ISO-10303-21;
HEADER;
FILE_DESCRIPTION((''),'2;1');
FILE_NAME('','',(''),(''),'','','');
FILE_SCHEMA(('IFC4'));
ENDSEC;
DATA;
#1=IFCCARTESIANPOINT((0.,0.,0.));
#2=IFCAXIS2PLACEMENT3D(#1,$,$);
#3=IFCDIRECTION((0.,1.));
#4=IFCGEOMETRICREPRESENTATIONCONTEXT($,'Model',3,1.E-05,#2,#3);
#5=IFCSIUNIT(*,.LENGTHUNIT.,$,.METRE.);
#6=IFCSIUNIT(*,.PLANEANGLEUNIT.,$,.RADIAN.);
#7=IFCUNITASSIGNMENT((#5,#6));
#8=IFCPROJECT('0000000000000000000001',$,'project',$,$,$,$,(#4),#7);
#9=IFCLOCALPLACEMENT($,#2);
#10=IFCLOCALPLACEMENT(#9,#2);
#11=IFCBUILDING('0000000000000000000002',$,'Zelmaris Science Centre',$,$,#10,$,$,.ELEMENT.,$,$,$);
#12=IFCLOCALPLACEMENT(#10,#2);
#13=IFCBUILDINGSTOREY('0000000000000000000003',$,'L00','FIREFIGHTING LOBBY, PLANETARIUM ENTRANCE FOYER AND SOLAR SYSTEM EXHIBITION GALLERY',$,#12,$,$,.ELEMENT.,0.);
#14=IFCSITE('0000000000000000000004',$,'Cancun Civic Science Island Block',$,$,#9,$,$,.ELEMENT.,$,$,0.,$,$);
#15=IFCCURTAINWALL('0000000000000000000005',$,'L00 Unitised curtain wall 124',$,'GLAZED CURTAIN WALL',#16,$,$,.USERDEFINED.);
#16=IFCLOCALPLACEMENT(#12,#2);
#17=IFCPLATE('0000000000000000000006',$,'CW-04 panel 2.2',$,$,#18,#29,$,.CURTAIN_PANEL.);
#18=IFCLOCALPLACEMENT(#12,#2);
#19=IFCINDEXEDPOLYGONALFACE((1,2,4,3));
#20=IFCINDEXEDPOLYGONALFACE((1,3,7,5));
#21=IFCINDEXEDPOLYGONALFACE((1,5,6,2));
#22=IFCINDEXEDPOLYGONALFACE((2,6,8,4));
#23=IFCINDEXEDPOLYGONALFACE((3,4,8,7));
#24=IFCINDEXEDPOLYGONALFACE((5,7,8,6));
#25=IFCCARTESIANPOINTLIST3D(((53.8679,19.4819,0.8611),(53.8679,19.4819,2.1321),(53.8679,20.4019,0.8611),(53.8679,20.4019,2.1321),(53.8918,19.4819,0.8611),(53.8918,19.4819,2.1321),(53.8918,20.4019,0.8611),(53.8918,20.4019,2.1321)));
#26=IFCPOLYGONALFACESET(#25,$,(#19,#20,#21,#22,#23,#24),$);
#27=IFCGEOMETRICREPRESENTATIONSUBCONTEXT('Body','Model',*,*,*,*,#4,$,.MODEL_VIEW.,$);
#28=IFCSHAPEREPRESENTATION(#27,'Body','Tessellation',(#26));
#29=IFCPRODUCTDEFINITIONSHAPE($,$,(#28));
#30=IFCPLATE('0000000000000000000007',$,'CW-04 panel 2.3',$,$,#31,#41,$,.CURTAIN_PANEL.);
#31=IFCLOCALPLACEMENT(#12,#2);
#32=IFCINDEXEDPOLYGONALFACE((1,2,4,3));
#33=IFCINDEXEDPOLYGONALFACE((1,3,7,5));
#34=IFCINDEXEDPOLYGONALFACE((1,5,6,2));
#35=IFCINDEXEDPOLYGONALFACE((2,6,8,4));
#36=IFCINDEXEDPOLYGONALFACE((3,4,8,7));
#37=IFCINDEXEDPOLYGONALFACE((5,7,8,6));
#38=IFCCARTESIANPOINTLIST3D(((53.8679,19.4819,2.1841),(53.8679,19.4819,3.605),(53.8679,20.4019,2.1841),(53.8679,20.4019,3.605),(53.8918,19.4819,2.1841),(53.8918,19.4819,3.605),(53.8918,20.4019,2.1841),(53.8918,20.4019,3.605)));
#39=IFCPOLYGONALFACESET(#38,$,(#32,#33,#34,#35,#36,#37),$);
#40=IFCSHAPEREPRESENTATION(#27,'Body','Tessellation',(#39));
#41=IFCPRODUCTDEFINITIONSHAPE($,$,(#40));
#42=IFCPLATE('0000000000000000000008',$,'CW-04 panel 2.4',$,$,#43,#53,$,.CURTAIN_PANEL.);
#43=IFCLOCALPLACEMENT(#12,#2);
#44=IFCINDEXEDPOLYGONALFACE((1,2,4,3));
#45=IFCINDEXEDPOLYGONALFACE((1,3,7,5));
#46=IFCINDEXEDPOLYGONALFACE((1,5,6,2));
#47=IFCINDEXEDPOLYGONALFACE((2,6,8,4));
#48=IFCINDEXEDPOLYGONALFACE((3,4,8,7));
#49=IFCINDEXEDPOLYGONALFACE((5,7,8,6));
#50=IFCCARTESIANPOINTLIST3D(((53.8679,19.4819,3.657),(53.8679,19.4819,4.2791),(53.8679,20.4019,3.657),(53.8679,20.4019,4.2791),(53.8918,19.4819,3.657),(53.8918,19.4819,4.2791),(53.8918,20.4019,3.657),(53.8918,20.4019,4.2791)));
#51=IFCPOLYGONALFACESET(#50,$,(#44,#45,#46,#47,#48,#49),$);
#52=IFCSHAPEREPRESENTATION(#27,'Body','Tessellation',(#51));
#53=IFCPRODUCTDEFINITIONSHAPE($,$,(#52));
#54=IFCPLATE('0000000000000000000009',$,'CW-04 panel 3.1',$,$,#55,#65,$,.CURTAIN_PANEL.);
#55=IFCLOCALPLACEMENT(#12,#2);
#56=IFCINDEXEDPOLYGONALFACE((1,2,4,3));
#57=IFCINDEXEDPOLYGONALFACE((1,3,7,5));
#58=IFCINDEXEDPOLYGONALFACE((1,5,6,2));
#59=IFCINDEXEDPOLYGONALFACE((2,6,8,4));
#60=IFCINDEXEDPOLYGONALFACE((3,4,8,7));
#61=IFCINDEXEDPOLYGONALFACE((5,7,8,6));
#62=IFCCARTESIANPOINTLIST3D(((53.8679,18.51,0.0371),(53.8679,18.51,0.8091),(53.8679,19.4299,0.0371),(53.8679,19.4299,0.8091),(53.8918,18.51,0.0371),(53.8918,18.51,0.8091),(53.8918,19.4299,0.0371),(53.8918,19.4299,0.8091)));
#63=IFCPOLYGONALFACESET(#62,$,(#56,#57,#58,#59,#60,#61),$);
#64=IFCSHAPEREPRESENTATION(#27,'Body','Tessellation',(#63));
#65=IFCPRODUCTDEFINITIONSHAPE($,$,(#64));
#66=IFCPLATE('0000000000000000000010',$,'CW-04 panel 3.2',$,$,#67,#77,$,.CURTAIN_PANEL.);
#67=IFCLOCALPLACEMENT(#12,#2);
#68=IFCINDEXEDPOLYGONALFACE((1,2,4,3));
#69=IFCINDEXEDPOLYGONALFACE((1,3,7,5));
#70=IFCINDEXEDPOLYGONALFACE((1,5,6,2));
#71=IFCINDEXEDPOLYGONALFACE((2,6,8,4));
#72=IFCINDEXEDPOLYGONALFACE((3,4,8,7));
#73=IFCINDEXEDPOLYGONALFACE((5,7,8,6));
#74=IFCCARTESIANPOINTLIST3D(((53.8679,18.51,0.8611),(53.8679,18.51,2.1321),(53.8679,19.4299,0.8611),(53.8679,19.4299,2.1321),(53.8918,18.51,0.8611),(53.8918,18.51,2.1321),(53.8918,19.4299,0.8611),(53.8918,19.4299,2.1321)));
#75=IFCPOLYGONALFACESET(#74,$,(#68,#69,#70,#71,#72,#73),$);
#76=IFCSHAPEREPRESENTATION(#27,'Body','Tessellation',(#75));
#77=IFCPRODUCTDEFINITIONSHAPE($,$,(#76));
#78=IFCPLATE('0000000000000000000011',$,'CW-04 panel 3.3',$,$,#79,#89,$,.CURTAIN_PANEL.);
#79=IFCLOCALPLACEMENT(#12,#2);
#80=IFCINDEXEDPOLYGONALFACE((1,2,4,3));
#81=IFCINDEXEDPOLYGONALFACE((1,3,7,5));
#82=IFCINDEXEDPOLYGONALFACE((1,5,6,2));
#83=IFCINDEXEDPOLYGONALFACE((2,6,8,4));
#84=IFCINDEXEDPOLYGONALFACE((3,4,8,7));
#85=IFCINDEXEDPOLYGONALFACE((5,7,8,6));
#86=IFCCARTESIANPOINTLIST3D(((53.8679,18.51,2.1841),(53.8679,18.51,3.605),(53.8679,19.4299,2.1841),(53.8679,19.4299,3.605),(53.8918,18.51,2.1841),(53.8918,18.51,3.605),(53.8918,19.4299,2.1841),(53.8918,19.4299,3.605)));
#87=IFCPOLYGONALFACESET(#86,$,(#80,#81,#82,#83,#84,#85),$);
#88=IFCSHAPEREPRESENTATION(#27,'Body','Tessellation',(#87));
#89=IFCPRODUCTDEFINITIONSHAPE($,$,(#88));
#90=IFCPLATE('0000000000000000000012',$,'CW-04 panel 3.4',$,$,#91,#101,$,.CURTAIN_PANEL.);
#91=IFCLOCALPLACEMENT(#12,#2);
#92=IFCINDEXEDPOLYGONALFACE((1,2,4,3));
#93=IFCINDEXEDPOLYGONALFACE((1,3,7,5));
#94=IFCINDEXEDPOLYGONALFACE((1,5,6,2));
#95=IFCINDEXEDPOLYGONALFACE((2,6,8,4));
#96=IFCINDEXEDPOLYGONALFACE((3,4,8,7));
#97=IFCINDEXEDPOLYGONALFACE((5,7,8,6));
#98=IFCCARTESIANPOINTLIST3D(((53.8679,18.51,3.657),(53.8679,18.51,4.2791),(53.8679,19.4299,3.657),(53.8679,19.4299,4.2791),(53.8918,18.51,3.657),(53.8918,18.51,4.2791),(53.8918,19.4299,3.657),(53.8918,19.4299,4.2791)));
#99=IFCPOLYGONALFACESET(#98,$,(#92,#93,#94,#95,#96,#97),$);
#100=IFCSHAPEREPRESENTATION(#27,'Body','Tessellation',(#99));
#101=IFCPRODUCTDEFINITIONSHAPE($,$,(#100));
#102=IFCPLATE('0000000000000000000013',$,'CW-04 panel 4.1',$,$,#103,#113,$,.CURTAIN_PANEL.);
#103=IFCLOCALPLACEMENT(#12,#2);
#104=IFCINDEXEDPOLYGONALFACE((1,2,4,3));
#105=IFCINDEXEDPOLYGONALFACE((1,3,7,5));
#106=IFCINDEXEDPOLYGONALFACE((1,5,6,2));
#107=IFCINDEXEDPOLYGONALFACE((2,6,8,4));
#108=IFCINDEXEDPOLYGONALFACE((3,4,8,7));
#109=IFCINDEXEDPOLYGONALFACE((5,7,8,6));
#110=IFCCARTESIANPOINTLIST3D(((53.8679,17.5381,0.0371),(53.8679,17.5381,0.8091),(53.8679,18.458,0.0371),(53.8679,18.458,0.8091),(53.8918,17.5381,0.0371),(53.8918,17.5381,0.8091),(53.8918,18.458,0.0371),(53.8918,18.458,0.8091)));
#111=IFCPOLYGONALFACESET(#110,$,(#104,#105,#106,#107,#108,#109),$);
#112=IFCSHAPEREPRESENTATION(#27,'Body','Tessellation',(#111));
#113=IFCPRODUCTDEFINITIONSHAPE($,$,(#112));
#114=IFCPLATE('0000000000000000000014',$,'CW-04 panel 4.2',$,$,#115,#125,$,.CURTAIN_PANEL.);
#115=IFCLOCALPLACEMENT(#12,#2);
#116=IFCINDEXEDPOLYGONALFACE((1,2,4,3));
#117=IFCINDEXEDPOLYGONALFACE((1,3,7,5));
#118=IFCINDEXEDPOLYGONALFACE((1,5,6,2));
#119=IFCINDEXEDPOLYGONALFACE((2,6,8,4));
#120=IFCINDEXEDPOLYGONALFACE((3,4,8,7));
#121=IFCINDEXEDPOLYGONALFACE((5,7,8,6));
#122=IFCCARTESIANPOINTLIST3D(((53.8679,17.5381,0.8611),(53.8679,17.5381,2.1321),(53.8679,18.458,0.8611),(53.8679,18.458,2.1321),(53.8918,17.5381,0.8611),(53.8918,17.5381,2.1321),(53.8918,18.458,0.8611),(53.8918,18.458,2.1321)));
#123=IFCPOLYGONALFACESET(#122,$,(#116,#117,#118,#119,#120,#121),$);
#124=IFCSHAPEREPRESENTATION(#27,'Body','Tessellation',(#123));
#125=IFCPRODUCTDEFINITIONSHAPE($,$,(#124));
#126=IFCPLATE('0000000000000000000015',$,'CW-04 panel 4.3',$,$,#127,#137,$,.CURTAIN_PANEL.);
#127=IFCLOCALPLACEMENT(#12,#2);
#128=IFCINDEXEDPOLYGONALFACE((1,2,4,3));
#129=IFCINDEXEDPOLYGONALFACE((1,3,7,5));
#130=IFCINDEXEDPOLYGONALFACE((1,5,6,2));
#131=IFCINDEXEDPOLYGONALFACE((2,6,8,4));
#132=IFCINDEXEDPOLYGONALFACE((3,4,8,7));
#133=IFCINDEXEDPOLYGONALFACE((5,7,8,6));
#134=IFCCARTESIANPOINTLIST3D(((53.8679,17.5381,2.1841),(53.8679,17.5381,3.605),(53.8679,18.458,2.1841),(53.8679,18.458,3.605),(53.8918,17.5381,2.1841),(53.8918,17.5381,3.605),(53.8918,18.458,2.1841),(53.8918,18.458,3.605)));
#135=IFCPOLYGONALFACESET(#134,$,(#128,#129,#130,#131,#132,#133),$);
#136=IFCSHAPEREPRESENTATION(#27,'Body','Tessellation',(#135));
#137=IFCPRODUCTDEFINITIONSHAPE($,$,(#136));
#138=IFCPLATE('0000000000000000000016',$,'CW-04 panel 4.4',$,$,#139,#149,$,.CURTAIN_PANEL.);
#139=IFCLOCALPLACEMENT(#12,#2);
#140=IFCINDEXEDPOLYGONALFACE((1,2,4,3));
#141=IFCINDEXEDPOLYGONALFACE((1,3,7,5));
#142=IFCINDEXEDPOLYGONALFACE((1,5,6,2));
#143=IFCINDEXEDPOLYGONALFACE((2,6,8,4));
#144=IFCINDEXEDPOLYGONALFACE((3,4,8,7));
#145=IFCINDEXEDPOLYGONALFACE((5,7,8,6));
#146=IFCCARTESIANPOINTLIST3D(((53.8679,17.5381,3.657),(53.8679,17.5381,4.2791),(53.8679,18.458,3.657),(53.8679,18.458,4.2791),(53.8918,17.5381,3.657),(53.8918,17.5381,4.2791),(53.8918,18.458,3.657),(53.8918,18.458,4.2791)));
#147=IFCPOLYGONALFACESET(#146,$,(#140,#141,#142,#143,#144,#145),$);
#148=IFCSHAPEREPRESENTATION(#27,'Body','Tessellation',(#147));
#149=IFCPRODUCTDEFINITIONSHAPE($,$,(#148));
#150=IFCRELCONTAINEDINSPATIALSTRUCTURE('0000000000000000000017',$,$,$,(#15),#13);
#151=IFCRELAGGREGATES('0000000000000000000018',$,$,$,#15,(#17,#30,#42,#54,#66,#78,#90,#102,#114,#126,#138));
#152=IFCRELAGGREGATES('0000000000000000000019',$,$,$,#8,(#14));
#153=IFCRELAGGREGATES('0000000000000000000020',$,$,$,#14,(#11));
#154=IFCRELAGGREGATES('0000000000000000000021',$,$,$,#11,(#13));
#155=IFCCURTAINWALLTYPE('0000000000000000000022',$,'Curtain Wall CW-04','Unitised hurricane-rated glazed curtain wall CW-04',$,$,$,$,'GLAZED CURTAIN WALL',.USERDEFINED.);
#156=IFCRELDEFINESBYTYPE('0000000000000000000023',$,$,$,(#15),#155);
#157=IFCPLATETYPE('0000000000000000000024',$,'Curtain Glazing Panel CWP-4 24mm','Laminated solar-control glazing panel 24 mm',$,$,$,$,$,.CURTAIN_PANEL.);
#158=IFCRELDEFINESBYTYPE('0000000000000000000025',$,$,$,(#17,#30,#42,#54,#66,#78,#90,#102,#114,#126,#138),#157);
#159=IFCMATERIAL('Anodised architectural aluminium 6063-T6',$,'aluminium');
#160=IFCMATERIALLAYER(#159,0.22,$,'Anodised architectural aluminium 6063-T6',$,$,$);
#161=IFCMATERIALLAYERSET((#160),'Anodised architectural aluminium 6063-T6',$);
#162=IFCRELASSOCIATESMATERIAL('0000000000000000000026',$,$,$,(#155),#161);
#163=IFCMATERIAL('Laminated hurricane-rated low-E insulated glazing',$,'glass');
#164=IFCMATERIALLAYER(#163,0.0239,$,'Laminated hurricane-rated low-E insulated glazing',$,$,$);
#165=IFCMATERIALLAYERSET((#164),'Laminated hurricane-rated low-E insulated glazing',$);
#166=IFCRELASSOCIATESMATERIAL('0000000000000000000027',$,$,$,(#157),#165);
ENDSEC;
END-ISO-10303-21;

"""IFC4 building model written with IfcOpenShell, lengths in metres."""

from ifc_helpers import new_model, si_unit, direction, frame, origin, origin_2d, place, context, subcontext, project, spatial, rectangle, extrude, material, layer, layer_set, type_object, element, aggregate, save


model = new_model("IFC4")

# Units and contexts
model_context = context("Model", 3, precision=1e-05, world=origin(), true_north=direction((0.0, 1.0)))
body_context = subcontext(model_context, "Body", "Model", "MODEL_VIEW")
ifc_project = project(units=[si_unit("LENGTHUNIT", "METRE"), si_unit("PLANEANGLEUNIT", "RADIAN")], contexts=[model_context])

# Site, building, storey
site_placement = place(None, origin())
site = spatial("IfcSite", under=ifc_project, at=site_placement, Name="Cancun Civic Science Island Block", CompositionType="ELEMENT", RefElevation=0.0)
building_placement = place(site_placement, origin())
building = spatial("IfcBuilding", under=site, at=building_placement, Name="Zelmaris Science Centre", CompositionType="ELEMENT")
storey_placement = place(building_placement, origin())
storey = spatial("IfcBuildingStorey", under=building, at=storey_placement, Name="L00", Description="FIREFIGHTING LOBBY, PLANETARIUM ENTRANCE FOYER AND SOLAR SYSTEM EXHIBITION GALLERY", CompositionType="ELEMENT", Elevation=0.0)

# Curtain wall, plates
ifc_material_1 = material(Name="Anodised architectural aluminium 6063-T6", Category="aluminium")
ifc_layer_1 = layer(ifc_material_1, 0.22, Name="Anodised architectural aluminium 6063-T6")
ifc_layer_set_1 = layer_set([ifc_layer_1], Name="Anodised architectural aluminium 6063-T6")
curtain_wall_type = type_object("IfcCurtainWallType", Name="Curtain Wall CW-04", Description="Unitised hurricane-rated glazed curtain wall CW-04", ElementType="GLAZED CURTAIN WALL", PredefinedType="USERDEFINED", material=ifc_layer_set_1)
curtain_wall_placement = place(storey_placement, origin())
curtain_wall = element("IfcCurtainWall", 1, at=curtain_wall_placement, inside=storey, type_object=curtain_wall_type, Name="L00 Unitised curtain wall 124", ObjectType="GLAZED CURTAIN WALL", PredefinedType="USERDEFINED")
ifc_material_2 = material(Name="Laminated hurricane-rated low-E insulated glazing", Category="glass")
ifc_layer_2 = layer(ifc_material_2, 0.0239, Name="Laminated hurricane-rated low-E insulated glazing")
ifc_layer_set_2 = layer_set([ifc_layer_2], Name="Laminated hurricane-rated low-E insulated glazing")
plate_type = type_object("IfcPlateType", Name="Curtain Glazing Panel CWP-4 24mm", Description="Laminated solar-control glazing panel 24 mm", PredefinedType="CURTAIN_PANEL", material=ifc_layer_set_2)
plate_1_placement = place(storey_placement, frame((53.8799, 19.9419, 0.8611), z_axis=(0.0, 0.0, 1.0), x_axis=(0.0, -1.0, 0.0)))
plate_1 = element("IfcPlate", 2, at=plate_1_placement, type_object=plate_type, Name="CW-04 panel 2.2", PredefinedType="CURTAIN_PANEL", context=body_context, shape_type="SweptSolid", body=[
    extrude(rectangle(XDim=0.9199, YDim=0.0239, at=origin_2d()), origin(), (0.0, 0.0, 1.0), 1.271),
])
plate_2_placement = place(storey_placement, frame((53.8799, 19.9419, 2.1841), z_axis=(0.0, 0.0, 1.0), x_axis=(0.0, -1.0, 0.0)))
plate_2 = element("IfcPlate", 3, at=plate_2_placement, type_object=plate_type, Name="CW-04 panel 2.3", PredefinedType="CURTAIN_PANEL", context=body_context, shape_type="SweptSolid", body=[
    extrude(rectangle(XDim=0.9199, YDim=0.0239, at=origin_2d()), origin(), (0.0, 0.0, 1.0), 1.4209),
])
plate_3_placement = place(storey_placement, frame((53.8799, 19.9419, 3.657), z_axis=(0.0, 0.0, 1.0), x_axis=(0.0, -1.0, 0.0)))
plate_3 = element("IfcPlate", 4, at=plate_3_placement, type_object=plate_type, Name="CW-04 panel 2.4", PredefinedType="CURTAIN_PANEL", context=body_context, shape_type="SweptSolid", body=[
    extrude(rectangle(XDim=0.9199, YDim=0.0239, at=origin_2d()), origin(), (0.0, 0.0, 1.0), 0.6221),
])
plate_4_placement = place(storey_placement, frame((53.8799, 18.97, 0.0371), z_axis=(0.0, 0.0, 1.0), x_axis=(0.0, -1.0, 0.0)))
plate_4 = element("IfcPlate", 5, at=plate_4_placement, type_object=plate_type, Name="CW-04 panel 3.1", PredefinedType="CURTAIN_PANEL", context=body_context, shape_type="SweptSolid", body=[
    extrude(rectangle(XDim=0.9199, YDim=0.0239, at=origin_2d()), origin(), (0.0, 0.0, 1.0), 0.772),
])
plate_5_placement = place(storey_placement, frame((53.8799, 18.97, 0.8611), z_axis=(0.0, 0.0, 1.0), x_axis=(0.0, -1.0, 0.0)))
plate_5 = element("IfcPlate", 6, at=plate_5_placement, type_object=plate_type, Name="CW-04 panel 3.2", PredefinedType="CURTAIN_PANEL", context=body_context, shape_type="SweptSolid", body=[
    extrude(rectangle(XDim=0.9199, YDim=0.0239, at=origin_2d()), origin(), (0.0, 0.0, 1.0), 1.271),
])
plate_6_placement = place(storey_placement, frame((53.8799, 18.97, 2.1841), z_axis=(0.0, 0.0, 1.0), x_axis=(0.0, -1.0, 0.0)))
plate_6 = element("IfcPlate", 7, at=plate_6_placement, type_object=plate_type, Name="CW-04 panel 3.3", PredefinedType="CURTAIN_PANEL", context=body_context, shape_type="SweptSolid", body=[
    extrude(rectangle(XDim=0.9199, YDim=0.0239, at=origin_2d()), origin(), (0.0, 0.0, 1.0), 1.4209),
])
plate_7_placement = place(storey_placement, frame((53.8799, 18.97, 3.657), z_axis=(0.0, 0.0, 1.0), x_axis=(0.0, -1.0, 0.0)))
plate_7 = element("IfcPlate", 8, at=plate_7_placement, type_object=plate_type, Name="CW-04 panel 3.4", PredefinedType="CURTAIN_PANEL", context=body_context, shape_type="SweptSolid", body=[
    extrude(rectangle(XDim=0.9199, YDim=0.0239, at=origin_2d()), origin(), (0.0, 0.0, 1.0), 0.6221),
])
plate_8_placement = place(storey_placement, frame((53.8799, 17.998, 0.0371), z_axis=(0.0, 0.0, 1.0), x_axis=(0.0, -1.0, 0.0)))
plate_8 = element("IfcPlate", 9, at=plate_8_placement, type_object=plate_type, Name="CW-04 panel 4.1", PredefinedType="CURTAIN_PANEL", context=body_context, shape_type="SweptSolid", body=[
    extrude(rectangle(XDim=0.9199, YDim=0.0239, at=origin_2d()), origin(), (0.0, 0.0, 1.0), 0.772),
])
plate_9_placement = place(storey_placement, frame((53.8799, 17.998, 0.8611), z_axis=(0.0, 0.0, 1.0), x_axis=(0.0, -1.0, 0.0)))
plate_9 = element("IfcPlate", 10, at=plate_9_placement, type_object=plate_type, Name="CW-04 panel 4.2", PredefinedType="CURTAIN_PANEL", context=body_context, shape_type="SweptSolid", body=[
    extrude(rectangle(XDim=0.9199, YDim=0.0239, at=origin_2d()), origin(), (0.0, 0.0, 1.0), 1.271),
])
plate_10_placement = place(storey_placement, frame((53.8799, 17.998, 2.1841), z_axis=(0.0, 0.0, 1.0), x_axis=(0.0, -1.0, 0.0)))
plate_10 = element("IfcPlate", 11, at=plate_10_placement, type_object=plate_type, Name="CW-04 panel 4.3", PredefinedType="CURTAIN_PANEL", context=body_context, shape_type="SweptSolid", body=[
    extrude(rectangle(XDim=0.9199, YDim=0.0239, at=origin_2d()), origin(), (0.0, 0.0, 1.0), 1.4209),
])
plate_11_placement = place(storey_placement, frame((53.8799, 17.998, 3.657), z_axis=(0.0, 0.0, 1.0), x_axis=(0.0, -1.0, 0.0)))
plate_11 = element("IfcPlate", 12, at=plate_11_placement, type_object=plate_type, Name="CW-04 panel 4.4", PredefinedType="CURTAIN_PANEL", context=body_context, shape_type="SweptSolid", body=[
    extrude(rectangle(XDim=0.9199, YDim=0.0239, at=origin_2d()), origin(), (0.0, 0.0, 1.0), 0.6221),
])
aggregate(curtain_wall, [plate_1, plate_2, plate_3, plate_4, plate_5, plate_6, plate_7, plate_8, plate_9, plate_10, plate_11])

save(model, "model.ifc")
